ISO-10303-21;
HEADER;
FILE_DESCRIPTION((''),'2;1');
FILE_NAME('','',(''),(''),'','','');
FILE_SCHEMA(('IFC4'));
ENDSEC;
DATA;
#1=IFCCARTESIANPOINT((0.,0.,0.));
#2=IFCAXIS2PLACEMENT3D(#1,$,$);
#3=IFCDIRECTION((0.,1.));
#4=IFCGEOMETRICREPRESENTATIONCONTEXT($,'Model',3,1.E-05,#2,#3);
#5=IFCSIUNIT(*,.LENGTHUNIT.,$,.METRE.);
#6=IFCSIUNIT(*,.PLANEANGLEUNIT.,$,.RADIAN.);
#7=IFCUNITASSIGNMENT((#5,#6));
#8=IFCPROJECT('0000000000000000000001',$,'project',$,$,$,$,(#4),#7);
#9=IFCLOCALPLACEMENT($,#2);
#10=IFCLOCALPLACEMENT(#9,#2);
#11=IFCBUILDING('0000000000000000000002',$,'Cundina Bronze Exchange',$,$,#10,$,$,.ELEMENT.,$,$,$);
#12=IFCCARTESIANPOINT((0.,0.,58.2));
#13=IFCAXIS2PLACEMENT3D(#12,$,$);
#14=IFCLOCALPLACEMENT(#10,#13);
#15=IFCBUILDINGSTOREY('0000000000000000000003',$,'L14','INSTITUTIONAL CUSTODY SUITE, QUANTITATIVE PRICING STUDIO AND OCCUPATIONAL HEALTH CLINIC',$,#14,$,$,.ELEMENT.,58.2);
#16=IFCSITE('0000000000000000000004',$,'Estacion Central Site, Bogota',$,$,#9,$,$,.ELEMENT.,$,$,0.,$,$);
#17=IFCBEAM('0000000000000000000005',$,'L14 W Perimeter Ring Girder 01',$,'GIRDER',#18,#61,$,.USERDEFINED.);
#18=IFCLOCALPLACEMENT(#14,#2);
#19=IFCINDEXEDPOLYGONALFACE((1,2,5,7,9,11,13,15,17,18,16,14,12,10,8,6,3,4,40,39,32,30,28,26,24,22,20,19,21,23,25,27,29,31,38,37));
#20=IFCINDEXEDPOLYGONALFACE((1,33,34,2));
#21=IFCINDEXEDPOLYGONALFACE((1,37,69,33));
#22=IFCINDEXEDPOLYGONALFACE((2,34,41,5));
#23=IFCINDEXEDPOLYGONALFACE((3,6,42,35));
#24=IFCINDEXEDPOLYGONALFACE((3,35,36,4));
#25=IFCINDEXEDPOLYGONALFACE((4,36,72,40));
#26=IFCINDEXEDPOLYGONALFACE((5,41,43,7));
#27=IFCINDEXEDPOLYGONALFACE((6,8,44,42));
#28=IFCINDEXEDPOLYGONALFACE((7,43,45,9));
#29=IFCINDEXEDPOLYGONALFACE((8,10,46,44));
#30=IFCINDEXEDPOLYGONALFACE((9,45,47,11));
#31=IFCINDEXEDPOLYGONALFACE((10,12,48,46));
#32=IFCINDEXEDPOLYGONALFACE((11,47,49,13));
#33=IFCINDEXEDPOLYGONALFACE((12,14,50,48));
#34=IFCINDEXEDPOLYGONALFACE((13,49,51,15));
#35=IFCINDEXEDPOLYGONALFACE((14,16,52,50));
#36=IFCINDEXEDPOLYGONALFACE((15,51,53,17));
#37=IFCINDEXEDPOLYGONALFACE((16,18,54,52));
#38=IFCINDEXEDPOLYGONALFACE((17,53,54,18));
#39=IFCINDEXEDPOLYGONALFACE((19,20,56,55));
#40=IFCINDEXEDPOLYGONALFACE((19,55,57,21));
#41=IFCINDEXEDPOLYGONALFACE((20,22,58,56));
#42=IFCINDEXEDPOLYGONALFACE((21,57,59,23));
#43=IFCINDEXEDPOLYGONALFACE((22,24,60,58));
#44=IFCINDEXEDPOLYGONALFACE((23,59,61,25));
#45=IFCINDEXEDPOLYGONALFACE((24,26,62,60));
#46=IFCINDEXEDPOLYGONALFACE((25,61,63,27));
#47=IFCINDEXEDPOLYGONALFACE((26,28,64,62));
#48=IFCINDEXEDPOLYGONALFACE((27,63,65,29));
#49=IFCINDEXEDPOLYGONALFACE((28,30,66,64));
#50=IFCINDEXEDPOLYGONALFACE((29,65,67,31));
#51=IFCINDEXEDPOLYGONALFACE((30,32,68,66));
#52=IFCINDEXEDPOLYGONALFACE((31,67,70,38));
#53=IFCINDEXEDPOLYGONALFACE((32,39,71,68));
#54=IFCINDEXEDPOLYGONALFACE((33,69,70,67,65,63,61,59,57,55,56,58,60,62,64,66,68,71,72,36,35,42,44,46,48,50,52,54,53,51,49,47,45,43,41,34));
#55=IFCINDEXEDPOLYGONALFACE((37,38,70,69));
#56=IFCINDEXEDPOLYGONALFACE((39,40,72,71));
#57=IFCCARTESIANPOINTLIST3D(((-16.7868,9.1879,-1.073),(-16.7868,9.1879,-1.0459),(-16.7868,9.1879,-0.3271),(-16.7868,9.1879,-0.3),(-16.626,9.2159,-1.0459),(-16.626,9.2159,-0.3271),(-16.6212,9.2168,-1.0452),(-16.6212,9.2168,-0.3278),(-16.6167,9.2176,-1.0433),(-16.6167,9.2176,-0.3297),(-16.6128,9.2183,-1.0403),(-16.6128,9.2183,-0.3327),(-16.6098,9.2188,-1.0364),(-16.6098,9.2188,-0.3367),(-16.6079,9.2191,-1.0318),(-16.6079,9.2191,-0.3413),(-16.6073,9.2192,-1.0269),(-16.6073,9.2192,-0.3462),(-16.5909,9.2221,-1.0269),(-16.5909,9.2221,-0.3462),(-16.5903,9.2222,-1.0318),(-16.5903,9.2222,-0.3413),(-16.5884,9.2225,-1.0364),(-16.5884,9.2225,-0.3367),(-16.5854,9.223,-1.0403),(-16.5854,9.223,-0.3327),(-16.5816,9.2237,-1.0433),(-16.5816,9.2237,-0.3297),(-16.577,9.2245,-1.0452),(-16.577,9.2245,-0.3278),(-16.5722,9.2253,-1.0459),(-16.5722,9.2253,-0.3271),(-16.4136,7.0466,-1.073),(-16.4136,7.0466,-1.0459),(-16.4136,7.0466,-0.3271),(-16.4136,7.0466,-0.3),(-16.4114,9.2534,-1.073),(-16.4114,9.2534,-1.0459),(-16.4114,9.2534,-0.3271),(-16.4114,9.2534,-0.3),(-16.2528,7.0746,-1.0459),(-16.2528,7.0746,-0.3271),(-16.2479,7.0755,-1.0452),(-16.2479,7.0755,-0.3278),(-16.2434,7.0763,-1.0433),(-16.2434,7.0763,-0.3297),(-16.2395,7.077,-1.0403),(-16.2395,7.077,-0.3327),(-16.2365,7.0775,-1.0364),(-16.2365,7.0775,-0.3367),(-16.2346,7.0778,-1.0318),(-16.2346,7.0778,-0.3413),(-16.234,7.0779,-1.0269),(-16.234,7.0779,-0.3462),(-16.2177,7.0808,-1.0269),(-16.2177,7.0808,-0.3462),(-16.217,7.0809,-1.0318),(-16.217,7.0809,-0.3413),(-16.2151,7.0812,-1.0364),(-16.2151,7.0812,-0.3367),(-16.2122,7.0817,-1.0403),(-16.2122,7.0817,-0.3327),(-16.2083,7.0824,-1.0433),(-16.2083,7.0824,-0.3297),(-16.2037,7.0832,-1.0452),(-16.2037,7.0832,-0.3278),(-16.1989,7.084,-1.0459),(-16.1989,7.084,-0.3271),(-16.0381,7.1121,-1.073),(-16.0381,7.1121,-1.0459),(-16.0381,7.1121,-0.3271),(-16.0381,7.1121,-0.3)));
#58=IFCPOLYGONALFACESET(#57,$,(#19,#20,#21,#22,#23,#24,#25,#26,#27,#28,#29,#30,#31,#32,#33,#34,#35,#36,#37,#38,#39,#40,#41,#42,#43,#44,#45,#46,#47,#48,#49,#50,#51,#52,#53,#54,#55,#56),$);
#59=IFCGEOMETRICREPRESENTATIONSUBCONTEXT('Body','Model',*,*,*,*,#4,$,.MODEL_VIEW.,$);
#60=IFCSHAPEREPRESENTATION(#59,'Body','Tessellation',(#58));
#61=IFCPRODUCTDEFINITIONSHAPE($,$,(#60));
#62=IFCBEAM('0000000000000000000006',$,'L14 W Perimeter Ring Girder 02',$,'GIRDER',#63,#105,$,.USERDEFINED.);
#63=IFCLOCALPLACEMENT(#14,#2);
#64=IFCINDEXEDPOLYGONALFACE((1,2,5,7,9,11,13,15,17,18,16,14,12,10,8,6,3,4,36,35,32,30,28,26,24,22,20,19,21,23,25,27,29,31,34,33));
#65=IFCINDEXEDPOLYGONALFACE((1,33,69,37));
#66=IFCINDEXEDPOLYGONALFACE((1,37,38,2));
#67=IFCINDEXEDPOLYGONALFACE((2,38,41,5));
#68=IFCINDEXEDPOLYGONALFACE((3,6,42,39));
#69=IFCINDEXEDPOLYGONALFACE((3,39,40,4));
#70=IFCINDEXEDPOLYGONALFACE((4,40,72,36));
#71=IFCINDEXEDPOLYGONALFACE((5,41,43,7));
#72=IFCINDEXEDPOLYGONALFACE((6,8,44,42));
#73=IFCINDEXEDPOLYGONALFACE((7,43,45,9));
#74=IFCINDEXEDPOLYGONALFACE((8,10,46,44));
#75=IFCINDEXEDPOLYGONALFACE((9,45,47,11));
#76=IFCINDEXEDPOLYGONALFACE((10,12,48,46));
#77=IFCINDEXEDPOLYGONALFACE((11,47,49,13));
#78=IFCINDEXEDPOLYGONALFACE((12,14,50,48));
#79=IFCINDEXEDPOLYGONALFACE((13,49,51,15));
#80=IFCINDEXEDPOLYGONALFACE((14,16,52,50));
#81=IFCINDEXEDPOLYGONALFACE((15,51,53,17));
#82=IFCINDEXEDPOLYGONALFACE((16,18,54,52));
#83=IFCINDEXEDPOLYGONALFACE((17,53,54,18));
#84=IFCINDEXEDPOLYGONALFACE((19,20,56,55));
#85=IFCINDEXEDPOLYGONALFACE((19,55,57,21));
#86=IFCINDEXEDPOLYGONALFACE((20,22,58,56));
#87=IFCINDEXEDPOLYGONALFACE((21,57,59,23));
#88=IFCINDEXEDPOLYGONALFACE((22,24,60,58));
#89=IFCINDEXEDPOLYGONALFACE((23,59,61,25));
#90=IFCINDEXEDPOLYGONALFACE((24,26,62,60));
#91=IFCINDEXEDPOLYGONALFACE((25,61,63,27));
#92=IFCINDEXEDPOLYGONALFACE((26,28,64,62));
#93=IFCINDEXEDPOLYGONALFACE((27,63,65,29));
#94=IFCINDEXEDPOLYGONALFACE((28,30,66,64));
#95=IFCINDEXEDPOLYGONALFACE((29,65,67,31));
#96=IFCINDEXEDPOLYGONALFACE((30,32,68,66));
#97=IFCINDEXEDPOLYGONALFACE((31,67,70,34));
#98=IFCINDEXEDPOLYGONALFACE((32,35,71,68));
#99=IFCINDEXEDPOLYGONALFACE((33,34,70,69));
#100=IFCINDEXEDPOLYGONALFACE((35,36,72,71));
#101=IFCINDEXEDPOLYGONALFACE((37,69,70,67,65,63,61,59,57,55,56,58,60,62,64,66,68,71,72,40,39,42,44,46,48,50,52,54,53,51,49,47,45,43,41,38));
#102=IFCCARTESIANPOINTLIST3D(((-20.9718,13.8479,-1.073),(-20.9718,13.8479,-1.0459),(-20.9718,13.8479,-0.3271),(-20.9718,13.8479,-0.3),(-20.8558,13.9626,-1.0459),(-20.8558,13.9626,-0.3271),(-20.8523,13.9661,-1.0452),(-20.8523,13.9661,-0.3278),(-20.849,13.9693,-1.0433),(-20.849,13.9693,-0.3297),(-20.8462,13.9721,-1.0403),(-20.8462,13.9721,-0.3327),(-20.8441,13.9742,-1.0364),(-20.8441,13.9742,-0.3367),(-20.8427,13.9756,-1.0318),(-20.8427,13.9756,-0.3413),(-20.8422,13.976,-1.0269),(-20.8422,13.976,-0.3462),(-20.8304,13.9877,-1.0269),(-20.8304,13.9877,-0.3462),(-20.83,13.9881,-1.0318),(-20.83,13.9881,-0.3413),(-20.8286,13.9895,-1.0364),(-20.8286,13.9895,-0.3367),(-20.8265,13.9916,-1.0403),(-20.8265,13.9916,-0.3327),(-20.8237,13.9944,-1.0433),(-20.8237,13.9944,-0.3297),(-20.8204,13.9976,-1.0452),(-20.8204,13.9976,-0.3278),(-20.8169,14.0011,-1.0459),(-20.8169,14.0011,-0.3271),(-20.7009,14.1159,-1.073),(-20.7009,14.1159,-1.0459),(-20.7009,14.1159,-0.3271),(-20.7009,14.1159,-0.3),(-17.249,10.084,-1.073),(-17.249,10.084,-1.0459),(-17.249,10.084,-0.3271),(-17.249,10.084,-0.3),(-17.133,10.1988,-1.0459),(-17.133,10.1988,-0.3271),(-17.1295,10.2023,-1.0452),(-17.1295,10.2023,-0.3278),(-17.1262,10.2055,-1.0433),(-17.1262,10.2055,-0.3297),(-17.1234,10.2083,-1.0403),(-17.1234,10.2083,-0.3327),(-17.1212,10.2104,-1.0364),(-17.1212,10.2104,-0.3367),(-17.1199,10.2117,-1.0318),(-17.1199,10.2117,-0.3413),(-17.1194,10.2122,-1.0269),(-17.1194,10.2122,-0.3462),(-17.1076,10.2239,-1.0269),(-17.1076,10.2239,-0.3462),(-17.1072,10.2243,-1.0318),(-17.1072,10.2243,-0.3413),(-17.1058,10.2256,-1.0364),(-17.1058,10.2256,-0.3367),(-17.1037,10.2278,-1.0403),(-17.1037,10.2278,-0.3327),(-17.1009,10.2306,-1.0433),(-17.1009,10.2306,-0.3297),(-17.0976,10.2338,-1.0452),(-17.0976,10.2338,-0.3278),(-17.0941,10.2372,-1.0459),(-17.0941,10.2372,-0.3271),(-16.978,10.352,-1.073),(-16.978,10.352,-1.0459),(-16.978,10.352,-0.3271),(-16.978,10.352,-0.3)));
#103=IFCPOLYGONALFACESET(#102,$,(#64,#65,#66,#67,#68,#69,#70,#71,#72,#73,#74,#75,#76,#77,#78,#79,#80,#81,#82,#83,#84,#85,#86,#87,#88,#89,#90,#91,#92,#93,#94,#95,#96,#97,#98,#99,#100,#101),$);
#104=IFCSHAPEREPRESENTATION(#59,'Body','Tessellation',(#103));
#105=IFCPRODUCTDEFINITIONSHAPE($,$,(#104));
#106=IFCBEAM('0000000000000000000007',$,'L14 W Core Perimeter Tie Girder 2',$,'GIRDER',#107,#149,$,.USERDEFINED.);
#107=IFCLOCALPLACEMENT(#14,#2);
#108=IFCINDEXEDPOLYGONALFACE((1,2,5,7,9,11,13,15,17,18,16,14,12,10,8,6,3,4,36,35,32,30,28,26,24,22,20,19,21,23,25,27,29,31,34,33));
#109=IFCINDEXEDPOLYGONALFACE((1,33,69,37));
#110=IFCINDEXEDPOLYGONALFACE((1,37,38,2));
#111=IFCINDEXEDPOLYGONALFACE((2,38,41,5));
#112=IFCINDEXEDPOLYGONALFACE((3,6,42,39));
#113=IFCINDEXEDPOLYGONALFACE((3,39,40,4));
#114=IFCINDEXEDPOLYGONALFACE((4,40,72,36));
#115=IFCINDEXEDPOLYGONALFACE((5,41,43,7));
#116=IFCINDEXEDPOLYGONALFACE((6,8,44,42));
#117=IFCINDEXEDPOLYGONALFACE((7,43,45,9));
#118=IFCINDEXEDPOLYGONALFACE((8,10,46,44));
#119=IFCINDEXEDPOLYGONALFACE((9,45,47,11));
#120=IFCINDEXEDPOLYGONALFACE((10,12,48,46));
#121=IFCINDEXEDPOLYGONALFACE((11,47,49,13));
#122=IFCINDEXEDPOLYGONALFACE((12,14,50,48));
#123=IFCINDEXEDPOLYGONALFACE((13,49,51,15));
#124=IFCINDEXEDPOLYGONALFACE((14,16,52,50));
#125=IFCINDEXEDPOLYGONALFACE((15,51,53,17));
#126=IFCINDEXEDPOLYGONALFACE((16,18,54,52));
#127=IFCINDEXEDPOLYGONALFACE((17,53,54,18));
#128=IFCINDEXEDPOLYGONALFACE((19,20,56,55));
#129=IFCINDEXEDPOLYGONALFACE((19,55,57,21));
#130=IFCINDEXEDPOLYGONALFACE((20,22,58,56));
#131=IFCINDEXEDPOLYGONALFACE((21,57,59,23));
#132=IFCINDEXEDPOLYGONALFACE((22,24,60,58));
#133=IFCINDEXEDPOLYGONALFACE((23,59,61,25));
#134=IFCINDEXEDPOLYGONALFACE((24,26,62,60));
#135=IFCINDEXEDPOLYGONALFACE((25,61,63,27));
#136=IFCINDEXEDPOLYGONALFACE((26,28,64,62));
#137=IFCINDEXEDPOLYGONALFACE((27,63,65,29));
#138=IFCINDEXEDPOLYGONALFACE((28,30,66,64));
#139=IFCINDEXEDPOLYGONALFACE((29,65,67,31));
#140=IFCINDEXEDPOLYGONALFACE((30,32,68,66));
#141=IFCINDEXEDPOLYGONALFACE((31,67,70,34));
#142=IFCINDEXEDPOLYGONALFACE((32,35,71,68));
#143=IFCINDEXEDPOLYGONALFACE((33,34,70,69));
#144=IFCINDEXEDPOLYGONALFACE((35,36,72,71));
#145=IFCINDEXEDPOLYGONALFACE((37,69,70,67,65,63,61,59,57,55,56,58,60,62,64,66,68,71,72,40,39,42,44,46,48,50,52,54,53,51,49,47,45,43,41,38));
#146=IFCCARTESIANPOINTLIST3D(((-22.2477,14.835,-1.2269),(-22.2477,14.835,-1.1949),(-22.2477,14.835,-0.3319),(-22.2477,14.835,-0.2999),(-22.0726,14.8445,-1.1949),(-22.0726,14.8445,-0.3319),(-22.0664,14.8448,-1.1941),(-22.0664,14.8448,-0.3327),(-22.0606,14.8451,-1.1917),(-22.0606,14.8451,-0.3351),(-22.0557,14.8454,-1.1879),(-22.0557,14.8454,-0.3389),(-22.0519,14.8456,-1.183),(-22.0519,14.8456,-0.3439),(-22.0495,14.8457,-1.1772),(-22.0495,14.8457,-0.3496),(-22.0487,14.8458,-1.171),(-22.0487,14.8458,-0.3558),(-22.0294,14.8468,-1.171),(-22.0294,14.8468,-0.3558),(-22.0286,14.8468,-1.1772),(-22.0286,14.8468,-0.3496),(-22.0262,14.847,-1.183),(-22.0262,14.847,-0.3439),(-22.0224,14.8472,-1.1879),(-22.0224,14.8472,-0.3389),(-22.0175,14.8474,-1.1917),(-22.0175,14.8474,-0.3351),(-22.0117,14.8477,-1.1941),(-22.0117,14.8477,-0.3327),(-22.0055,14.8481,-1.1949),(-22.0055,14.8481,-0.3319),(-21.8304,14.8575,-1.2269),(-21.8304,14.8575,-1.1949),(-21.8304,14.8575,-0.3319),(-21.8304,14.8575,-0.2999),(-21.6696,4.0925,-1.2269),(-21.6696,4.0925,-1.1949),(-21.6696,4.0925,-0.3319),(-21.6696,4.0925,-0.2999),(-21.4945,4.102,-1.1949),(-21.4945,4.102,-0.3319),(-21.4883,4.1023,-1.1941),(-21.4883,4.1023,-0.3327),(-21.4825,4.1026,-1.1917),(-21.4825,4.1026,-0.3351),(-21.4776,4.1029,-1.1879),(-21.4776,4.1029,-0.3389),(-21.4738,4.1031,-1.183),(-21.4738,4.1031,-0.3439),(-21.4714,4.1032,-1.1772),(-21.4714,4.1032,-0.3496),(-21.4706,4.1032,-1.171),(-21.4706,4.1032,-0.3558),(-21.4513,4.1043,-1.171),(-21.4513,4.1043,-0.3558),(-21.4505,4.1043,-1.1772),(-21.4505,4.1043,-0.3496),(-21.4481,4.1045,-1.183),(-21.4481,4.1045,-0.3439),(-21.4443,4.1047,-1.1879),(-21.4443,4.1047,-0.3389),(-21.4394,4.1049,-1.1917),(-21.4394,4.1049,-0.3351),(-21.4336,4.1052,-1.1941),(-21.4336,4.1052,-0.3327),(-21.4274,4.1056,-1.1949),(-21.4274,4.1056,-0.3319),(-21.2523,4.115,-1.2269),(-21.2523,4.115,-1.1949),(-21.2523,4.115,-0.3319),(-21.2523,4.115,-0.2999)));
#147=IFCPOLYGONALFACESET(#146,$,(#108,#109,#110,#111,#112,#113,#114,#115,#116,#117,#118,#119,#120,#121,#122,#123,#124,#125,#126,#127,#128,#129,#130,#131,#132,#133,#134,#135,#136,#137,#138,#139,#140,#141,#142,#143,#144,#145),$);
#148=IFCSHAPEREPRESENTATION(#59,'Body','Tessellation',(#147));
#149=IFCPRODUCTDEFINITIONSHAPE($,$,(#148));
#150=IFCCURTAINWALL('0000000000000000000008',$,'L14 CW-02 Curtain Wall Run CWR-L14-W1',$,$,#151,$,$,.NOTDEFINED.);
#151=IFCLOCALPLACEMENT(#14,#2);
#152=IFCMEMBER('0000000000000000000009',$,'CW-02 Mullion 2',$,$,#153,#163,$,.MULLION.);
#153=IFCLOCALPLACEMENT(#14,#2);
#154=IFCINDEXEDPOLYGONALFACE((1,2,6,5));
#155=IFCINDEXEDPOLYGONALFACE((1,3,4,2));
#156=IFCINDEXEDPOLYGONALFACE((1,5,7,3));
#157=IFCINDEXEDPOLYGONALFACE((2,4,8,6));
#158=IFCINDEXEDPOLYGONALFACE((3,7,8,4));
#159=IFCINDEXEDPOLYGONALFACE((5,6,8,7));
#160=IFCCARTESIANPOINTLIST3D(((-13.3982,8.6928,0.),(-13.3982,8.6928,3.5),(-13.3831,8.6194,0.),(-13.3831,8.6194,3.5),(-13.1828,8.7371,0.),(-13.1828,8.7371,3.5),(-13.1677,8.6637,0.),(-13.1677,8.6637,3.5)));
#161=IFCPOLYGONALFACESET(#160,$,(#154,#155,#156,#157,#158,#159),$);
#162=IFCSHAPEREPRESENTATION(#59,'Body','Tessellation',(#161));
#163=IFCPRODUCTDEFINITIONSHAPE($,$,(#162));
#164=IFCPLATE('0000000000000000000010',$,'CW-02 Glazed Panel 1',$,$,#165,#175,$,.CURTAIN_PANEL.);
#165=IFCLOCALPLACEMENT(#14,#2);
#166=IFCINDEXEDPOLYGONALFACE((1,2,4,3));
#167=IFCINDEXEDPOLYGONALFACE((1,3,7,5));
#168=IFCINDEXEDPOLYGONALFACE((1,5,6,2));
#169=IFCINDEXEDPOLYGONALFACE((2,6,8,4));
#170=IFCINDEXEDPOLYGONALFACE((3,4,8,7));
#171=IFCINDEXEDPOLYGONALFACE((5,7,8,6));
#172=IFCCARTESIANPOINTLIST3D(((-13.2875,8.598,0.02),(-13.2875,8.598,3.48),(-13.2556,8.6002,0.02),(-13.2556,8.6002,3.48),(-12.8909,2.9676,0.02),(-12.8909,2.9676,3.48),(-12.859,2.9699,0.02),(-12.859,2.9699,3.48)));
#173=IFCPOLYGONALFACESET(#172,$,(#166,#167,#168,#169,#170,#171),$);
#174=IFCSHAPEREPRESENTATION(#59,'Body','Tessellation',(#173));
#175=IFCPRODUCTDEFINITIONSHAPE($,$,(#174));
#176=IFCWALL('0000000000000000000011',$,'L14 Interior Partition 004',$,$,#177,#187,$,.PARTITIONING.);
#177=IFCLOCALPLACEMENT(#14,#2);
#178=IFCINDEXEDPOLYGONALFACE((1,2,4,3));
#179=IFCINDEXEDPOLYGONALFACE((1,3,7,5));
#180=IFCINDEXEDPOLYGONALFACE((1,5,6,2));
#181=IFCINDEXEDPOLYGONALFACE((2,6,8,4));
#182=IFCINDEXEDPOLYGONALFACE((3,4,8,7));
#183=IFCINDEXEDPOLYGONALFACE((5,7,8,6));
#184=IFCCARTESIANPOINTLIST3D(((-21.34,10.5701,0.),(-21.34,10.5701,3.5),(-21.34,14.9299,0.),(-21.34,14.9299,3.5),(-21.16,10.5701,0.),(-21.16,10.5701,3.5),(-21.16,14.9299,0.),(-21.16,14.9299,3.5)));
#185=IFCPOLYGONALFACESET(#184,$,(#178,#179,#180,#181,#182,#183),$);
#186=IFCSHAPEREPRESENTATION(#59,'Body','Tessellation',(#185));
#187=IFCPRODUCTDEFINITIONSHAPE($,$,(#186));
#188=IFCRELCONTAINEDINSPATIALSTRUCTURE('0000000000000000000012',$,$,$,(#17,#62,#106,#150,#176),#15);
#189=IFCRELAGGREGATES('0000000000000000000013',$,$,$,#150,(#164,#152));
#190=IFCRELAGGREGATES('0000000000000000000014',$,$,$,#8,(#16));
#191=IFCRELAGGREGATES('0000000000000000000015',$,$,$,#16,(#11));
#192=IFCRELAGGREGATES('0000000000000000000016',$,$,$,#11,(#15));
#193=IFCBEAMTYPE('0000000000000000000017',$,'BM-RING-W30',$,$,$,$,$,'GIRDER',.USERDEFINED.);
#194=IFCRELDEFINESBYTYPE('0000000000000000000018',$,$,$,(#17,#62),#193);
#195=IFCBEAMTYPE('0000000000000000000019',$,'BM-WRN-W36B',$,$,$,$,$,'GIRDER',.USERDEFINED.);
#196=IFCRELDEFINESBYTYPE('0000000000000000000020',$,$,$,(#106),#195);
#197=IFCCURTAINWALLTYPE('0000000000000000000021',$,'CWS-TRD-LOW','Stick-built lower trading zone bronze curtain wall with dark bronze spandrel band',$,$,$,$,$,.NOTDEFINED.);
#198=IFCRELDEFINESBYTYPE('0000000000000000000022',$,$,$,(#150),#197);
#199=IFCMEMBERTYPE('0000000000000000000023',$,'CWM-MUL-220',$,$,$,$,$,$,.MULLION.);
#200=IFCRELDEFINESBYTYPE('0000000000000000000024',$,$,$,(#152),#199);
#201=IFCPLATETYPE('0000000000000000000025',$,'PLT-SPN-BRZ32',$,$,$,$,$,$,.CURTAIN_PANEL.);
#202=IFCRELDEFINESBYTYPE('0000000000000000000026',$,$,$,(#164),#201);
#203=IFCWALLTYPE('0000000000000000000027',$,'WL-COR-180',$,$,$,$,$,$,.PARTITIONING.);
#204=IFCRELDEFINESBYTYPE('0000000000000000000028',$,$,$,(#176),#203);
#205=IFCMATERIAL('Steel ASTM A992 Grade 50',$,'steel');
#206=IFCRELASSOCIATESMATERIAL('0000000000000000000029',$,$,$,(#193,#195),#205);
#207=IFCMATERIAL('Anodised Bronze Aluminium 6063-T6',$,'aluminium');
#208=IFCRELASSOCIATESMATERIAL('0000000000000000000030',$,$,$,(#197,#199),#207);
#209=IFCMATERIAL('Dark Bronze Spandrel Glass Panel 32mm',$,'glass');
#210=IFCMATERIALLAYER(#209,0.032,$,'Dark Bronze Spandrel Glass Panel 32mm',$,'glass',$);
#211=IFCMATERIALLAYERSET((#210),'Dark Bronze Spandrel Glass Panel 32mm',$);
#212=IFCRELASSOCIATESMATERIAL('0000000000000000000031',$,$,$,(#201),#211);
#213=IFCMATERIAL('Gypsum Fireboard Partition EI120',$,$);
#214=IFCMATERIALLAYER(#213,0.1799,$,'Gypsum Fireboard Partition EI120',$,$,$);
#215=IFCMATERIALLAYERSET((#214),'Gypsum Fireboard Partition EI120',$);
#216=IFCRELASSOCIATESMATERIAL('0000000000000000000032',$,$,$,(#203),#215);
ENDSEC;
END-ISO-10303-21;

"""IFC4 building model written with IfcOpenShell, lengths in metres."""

from ifc_helpers import new_model, si_unit, direction, frame, frame_2d, origin, origin_2d, place, context, subcontext, project, spatial, rectangle, i_section, extrude, material, layer, layer_set, material_profile, profile_set, type_object, element, aggregate, save


model = new_model("IFC4")

# Units and contexts
model_context = context("Model", 3, precision=1e-05, world=origin(), true_north=direction((0.0, 1.0)))
body_context = subcontext(model_context, "Body", "Model", "MODEL_VIEW")
ifc_project = project(units=[si_unit("LENGTHUNIT", "METRE"), si_unit("PLANEANGLEUNIT", "RADIAN")], contexts=[model_context])

# Site, building, storey
site_placement = place(None, origin())
site = spatial("IfcSite", under=ifc_project, at=site_placement, Name="Estacion Central Site, Bogota", CompositionType="ELEMENT", RefElevation=0.0)
building_placement = place(site_placement, origin())
building = spatial("IfcBuilding", under=site, at=building_placement, Name="Cundina Bronze Exchange", CompositionType="ELEMENT")
storey_placement = place(building_placement, frame((0.0, 0.0, 58.2)))
storey = spatial("IfcBuildingStorey", under=building, at=storey_placement, Name="L14", Description="INSTITUTIONAL CUSTODY SUITE, QUANTITATIVE PRICING STUDIO AND OCCUPATIONAL HEALTH CLINIC", CompositionType="ELEMENT", Elevation=58.2)

# Beams
ifc_material_1 = material(Name="Steel ASTM A992 Grade 50", Category="steel")
ifc_material_profile_1 = material_profile(ifc_material_1, i_section(OverallWidth=0.3811, OverallDepth=0.7729, WebThickness=0.0166, FlangeThickness=0.0271, FilletRadius=0.019, at=origin_2d()), Name="W30X173", Category="steel")
ifc_profile_set_1 = profile_set([ifc_material_profile_1], Name="Steel ASTM A992 Grade 50")
beam_type_1 = type_object("IfcBeamType", Name="BM-RING-W30", ElementType="GIRDER", PredefinedType="USERDEFINED", material=ifc_profile_set_1)
beam_1_placement = place(storey_placement, frame((-16.2258, 7.0793, -0.6865), z_axis=(-0.171735, 0.985143, 0.0), x_axis=(-0.985143, -0.171735, 0.0)))
element("IfcBeam", 1, at=beam_1_placement, inside=storey, type_object=beam_type_1, Name="L14 W Perimeter Ring Girder 01", ObjectType="GIRDER", PredefinedType="USERDEFINED", context=body_context, shape_type="SweptSolid", body=[
    extrude(i_section(OverallWidth=0.3811, OverallDepth=0.7729, WebThickness=0.0166, FlangeThickness=0.0271, FilletRadius=0.019, at=origin_2d()), origin(), (0.0, 0.0, 1.0), 2.1736),
])
beam_2_placement = place(storey_placement, frame((-17.1135, 10.218, -0.6865), z_axis=(-0.703222, 0.71097, 0.0), x_axis=(-0.71097, -0.703222, 0.0)))
element("IfcBeam", 2, at=beam_2_placement, inside=storey, type_object=beam_type_1, Name="L14 W Perimeter Ring Girder 02", ObjectType="GIRDER", PredefinedType="USERDEFINED", context=body_context, shape_type="SweptSolid", body=[
    extrude(i_section(OverallWidth=0.3811, OverallDepth=0.7729, WebThickness=0.0166, FlangeThickness=0.0271, FilletRadius=0.019, at=origin_2d()), origin(), (0.0, 0.0, 1.0), 5.2939),
])
ifc_material_profile_2 = material_profile(ifc_material_1, i_section(OverallWidth=0.418, OverallDepth=0.927, WebThickness=0.0193, FlangeThickness=0.032, FilletRadius=0.0239, at=origin_2d()), Name="W36X231", Category="steel")
ifc_profile_set_2 = profile_set([ifc_material_profile_2], Name="Steel ASTM A992 Grade 50")
beam_type_2 = type_object("IfcBeamType", Name="BM-WRN-W36B", ElementType="GIRDER", PredefinedType="USERDEFINED", material=ifc_profile_set_2)
beam_3_placement = place(storey_placement, frame((-21.4609, 4.1038, -0.7634), z_axis=(-0.053739, 0.998555, 0.0), x_axis=(-0.998555, -0.053739, 0.0)))
element("IfcBeam", 3, at=beam_3_placement, inside=storey, type_object=beam_type_2, Name="L14 W Core Perimeter Tie Girder 2", ObjectType="GIRDER", PredefinedType="USERDEFINED", context=body_context, shape_type="SweptSolid", body=[
    extrude(i_section(OverallWidth=0.418, OverallDepth=0.927, WebThickness=0.0193, FlangeThickness=0.032, FilletRadius=0.0239, at=origin_2d()), origin(), (0.0, 0.0, 1.0), 10.7581),
])

# Curtain wall, member, plate
ifc_material_2 = material(Name="Anodised Bronze Aluminium 6063-T6", Category="aluminium")
curtain_wall_type = type_object("IfcCurtainWallType", Name="CWS-TRD-LOW", Description="Stick-built lower trading zone bronze curtain wall with dark bronze spandrel band", PredefinedType="NOTDEFINED", material=ifc_material_2)
curtain_wall_placement = place(storey_placement, origin())
curtain_wall = element("IfcCurtainWall", 4, at=curtain_wall_placement, inside=storey, type_object=curtain_wall_type, Name="L14 CW-02 Curtain Wall Run CWR-L14-W1", PredefinedType="NOTDEFINED")
ifc_material_profile_3 = material_profile(ifc_material_2, rectangle(XDim=0.075, YDim=0.22, at=origin_2d()), Name="AL75X220", Category="aluminium")
ifc_profile_set_3 = profile_set([ifc_material_profile_3], Name="Anodised Bronze Aluminium 6063-T6")
member_type = type_object("IfcMemberType", Name="CWM-MUL-220", PredefinedType="MULLION", material=ifc_profile_set_3)
member_placement = place(storey_placement, frame((-13.283, 8.6782, 0.0), z_axis=(0.0, 0.0, 1.0), x_axis=(-0.20142, 0.979505, 0.0)))
member = element("IfcMember", 5, at=member_placement, type_object=member_type, Name="CW-02 Mullion 2", PredefinedType="MULLION", context=body_context, shape_type="SweptSolid", body=[
    extrude(rectangle(XDim=0.075, YDim=0.22, at=origin_2d()), origin(), (0.0, 0.0, 1.0), 3.5),
])
ifc_material_3 = material(Name="Dark Bronze Spandrel Glass Panel 32mm", Category="glass")
ifc_layer_1 = layer(ifc_material_3, 0.032, Name="Dark Bronze Spandrel Glass Panel 32mm", Category="glass")
ifc_layer_set_1 = layer_set([ifc_layer_1], Name="Dark Bronze Spandrel Glass Panel 32mm")
plate_type = type_object("IfcPlateType", Name="PLT-SPN-BRZ32", PredefinedType="CURTAIN_PANEL", material=ifc_layer_set_1)
plate_placement = place(storey_placement, frame((-13.0732, 5.7839, 0.02), z_axis=(0.0, 0.0, 1.0), x_axis=(-0.070279, 0.997527, 0.0)))
plate = element("IfcPlate", 6, at=plate_placement, type_object=plate_type, Name="CW-02 Glazed Panel 1", PredefinedType="CURTAIN_PANEL", context=body_context, shape_type="SweptSolid", body=[
    extrude(rectangle(XDim=5.6443, YDim=0.032, at=origin_2d()), origin(), (0.0, 0.0, 1.0), 3.46),
])
aggregate(curtain_wall, [plate, member])

# Wall
ifc_material_4 = material(Name="Gypsum Fireboard Partition EI120")
ifc_layer_2 = layer(ifc_material_4, 0.1799, Name="Gypsum Fireboard Partition EI120")
ifc_layer_set_2 = layer_set([ifc_layer_2], Name="Gypsum Fireboard Partition EI120")
wall_type_1 = type_object("IfcWallType", Name="WL-COR-180", PredefinedType="PARTITIONING", material=ifc_layer_set_2)
wall_1_placement = place(storey_placement, frame((-21.25, 10.5701, 0.0), z_axis=(0.0, 0.0, 1.0), x_axis=(0.0, 1.0, 0.0)))
element("IfcWall", 7, at=wall_1_placement, inside=storey, type_object=wall_type_1, Name="L14 Interior Partition 004", PredefinedType="PARTITIONING", context=body_context, shape_type="SweptSolid", body=[
    extrude(rectangle(XDim=4.3599, YDim=0.1799, at=frame_2d((2.1799, 0.0))), origin(), (0.0, 0.0, 1.0), 3.5),
])

save(model, "model.ifc")
